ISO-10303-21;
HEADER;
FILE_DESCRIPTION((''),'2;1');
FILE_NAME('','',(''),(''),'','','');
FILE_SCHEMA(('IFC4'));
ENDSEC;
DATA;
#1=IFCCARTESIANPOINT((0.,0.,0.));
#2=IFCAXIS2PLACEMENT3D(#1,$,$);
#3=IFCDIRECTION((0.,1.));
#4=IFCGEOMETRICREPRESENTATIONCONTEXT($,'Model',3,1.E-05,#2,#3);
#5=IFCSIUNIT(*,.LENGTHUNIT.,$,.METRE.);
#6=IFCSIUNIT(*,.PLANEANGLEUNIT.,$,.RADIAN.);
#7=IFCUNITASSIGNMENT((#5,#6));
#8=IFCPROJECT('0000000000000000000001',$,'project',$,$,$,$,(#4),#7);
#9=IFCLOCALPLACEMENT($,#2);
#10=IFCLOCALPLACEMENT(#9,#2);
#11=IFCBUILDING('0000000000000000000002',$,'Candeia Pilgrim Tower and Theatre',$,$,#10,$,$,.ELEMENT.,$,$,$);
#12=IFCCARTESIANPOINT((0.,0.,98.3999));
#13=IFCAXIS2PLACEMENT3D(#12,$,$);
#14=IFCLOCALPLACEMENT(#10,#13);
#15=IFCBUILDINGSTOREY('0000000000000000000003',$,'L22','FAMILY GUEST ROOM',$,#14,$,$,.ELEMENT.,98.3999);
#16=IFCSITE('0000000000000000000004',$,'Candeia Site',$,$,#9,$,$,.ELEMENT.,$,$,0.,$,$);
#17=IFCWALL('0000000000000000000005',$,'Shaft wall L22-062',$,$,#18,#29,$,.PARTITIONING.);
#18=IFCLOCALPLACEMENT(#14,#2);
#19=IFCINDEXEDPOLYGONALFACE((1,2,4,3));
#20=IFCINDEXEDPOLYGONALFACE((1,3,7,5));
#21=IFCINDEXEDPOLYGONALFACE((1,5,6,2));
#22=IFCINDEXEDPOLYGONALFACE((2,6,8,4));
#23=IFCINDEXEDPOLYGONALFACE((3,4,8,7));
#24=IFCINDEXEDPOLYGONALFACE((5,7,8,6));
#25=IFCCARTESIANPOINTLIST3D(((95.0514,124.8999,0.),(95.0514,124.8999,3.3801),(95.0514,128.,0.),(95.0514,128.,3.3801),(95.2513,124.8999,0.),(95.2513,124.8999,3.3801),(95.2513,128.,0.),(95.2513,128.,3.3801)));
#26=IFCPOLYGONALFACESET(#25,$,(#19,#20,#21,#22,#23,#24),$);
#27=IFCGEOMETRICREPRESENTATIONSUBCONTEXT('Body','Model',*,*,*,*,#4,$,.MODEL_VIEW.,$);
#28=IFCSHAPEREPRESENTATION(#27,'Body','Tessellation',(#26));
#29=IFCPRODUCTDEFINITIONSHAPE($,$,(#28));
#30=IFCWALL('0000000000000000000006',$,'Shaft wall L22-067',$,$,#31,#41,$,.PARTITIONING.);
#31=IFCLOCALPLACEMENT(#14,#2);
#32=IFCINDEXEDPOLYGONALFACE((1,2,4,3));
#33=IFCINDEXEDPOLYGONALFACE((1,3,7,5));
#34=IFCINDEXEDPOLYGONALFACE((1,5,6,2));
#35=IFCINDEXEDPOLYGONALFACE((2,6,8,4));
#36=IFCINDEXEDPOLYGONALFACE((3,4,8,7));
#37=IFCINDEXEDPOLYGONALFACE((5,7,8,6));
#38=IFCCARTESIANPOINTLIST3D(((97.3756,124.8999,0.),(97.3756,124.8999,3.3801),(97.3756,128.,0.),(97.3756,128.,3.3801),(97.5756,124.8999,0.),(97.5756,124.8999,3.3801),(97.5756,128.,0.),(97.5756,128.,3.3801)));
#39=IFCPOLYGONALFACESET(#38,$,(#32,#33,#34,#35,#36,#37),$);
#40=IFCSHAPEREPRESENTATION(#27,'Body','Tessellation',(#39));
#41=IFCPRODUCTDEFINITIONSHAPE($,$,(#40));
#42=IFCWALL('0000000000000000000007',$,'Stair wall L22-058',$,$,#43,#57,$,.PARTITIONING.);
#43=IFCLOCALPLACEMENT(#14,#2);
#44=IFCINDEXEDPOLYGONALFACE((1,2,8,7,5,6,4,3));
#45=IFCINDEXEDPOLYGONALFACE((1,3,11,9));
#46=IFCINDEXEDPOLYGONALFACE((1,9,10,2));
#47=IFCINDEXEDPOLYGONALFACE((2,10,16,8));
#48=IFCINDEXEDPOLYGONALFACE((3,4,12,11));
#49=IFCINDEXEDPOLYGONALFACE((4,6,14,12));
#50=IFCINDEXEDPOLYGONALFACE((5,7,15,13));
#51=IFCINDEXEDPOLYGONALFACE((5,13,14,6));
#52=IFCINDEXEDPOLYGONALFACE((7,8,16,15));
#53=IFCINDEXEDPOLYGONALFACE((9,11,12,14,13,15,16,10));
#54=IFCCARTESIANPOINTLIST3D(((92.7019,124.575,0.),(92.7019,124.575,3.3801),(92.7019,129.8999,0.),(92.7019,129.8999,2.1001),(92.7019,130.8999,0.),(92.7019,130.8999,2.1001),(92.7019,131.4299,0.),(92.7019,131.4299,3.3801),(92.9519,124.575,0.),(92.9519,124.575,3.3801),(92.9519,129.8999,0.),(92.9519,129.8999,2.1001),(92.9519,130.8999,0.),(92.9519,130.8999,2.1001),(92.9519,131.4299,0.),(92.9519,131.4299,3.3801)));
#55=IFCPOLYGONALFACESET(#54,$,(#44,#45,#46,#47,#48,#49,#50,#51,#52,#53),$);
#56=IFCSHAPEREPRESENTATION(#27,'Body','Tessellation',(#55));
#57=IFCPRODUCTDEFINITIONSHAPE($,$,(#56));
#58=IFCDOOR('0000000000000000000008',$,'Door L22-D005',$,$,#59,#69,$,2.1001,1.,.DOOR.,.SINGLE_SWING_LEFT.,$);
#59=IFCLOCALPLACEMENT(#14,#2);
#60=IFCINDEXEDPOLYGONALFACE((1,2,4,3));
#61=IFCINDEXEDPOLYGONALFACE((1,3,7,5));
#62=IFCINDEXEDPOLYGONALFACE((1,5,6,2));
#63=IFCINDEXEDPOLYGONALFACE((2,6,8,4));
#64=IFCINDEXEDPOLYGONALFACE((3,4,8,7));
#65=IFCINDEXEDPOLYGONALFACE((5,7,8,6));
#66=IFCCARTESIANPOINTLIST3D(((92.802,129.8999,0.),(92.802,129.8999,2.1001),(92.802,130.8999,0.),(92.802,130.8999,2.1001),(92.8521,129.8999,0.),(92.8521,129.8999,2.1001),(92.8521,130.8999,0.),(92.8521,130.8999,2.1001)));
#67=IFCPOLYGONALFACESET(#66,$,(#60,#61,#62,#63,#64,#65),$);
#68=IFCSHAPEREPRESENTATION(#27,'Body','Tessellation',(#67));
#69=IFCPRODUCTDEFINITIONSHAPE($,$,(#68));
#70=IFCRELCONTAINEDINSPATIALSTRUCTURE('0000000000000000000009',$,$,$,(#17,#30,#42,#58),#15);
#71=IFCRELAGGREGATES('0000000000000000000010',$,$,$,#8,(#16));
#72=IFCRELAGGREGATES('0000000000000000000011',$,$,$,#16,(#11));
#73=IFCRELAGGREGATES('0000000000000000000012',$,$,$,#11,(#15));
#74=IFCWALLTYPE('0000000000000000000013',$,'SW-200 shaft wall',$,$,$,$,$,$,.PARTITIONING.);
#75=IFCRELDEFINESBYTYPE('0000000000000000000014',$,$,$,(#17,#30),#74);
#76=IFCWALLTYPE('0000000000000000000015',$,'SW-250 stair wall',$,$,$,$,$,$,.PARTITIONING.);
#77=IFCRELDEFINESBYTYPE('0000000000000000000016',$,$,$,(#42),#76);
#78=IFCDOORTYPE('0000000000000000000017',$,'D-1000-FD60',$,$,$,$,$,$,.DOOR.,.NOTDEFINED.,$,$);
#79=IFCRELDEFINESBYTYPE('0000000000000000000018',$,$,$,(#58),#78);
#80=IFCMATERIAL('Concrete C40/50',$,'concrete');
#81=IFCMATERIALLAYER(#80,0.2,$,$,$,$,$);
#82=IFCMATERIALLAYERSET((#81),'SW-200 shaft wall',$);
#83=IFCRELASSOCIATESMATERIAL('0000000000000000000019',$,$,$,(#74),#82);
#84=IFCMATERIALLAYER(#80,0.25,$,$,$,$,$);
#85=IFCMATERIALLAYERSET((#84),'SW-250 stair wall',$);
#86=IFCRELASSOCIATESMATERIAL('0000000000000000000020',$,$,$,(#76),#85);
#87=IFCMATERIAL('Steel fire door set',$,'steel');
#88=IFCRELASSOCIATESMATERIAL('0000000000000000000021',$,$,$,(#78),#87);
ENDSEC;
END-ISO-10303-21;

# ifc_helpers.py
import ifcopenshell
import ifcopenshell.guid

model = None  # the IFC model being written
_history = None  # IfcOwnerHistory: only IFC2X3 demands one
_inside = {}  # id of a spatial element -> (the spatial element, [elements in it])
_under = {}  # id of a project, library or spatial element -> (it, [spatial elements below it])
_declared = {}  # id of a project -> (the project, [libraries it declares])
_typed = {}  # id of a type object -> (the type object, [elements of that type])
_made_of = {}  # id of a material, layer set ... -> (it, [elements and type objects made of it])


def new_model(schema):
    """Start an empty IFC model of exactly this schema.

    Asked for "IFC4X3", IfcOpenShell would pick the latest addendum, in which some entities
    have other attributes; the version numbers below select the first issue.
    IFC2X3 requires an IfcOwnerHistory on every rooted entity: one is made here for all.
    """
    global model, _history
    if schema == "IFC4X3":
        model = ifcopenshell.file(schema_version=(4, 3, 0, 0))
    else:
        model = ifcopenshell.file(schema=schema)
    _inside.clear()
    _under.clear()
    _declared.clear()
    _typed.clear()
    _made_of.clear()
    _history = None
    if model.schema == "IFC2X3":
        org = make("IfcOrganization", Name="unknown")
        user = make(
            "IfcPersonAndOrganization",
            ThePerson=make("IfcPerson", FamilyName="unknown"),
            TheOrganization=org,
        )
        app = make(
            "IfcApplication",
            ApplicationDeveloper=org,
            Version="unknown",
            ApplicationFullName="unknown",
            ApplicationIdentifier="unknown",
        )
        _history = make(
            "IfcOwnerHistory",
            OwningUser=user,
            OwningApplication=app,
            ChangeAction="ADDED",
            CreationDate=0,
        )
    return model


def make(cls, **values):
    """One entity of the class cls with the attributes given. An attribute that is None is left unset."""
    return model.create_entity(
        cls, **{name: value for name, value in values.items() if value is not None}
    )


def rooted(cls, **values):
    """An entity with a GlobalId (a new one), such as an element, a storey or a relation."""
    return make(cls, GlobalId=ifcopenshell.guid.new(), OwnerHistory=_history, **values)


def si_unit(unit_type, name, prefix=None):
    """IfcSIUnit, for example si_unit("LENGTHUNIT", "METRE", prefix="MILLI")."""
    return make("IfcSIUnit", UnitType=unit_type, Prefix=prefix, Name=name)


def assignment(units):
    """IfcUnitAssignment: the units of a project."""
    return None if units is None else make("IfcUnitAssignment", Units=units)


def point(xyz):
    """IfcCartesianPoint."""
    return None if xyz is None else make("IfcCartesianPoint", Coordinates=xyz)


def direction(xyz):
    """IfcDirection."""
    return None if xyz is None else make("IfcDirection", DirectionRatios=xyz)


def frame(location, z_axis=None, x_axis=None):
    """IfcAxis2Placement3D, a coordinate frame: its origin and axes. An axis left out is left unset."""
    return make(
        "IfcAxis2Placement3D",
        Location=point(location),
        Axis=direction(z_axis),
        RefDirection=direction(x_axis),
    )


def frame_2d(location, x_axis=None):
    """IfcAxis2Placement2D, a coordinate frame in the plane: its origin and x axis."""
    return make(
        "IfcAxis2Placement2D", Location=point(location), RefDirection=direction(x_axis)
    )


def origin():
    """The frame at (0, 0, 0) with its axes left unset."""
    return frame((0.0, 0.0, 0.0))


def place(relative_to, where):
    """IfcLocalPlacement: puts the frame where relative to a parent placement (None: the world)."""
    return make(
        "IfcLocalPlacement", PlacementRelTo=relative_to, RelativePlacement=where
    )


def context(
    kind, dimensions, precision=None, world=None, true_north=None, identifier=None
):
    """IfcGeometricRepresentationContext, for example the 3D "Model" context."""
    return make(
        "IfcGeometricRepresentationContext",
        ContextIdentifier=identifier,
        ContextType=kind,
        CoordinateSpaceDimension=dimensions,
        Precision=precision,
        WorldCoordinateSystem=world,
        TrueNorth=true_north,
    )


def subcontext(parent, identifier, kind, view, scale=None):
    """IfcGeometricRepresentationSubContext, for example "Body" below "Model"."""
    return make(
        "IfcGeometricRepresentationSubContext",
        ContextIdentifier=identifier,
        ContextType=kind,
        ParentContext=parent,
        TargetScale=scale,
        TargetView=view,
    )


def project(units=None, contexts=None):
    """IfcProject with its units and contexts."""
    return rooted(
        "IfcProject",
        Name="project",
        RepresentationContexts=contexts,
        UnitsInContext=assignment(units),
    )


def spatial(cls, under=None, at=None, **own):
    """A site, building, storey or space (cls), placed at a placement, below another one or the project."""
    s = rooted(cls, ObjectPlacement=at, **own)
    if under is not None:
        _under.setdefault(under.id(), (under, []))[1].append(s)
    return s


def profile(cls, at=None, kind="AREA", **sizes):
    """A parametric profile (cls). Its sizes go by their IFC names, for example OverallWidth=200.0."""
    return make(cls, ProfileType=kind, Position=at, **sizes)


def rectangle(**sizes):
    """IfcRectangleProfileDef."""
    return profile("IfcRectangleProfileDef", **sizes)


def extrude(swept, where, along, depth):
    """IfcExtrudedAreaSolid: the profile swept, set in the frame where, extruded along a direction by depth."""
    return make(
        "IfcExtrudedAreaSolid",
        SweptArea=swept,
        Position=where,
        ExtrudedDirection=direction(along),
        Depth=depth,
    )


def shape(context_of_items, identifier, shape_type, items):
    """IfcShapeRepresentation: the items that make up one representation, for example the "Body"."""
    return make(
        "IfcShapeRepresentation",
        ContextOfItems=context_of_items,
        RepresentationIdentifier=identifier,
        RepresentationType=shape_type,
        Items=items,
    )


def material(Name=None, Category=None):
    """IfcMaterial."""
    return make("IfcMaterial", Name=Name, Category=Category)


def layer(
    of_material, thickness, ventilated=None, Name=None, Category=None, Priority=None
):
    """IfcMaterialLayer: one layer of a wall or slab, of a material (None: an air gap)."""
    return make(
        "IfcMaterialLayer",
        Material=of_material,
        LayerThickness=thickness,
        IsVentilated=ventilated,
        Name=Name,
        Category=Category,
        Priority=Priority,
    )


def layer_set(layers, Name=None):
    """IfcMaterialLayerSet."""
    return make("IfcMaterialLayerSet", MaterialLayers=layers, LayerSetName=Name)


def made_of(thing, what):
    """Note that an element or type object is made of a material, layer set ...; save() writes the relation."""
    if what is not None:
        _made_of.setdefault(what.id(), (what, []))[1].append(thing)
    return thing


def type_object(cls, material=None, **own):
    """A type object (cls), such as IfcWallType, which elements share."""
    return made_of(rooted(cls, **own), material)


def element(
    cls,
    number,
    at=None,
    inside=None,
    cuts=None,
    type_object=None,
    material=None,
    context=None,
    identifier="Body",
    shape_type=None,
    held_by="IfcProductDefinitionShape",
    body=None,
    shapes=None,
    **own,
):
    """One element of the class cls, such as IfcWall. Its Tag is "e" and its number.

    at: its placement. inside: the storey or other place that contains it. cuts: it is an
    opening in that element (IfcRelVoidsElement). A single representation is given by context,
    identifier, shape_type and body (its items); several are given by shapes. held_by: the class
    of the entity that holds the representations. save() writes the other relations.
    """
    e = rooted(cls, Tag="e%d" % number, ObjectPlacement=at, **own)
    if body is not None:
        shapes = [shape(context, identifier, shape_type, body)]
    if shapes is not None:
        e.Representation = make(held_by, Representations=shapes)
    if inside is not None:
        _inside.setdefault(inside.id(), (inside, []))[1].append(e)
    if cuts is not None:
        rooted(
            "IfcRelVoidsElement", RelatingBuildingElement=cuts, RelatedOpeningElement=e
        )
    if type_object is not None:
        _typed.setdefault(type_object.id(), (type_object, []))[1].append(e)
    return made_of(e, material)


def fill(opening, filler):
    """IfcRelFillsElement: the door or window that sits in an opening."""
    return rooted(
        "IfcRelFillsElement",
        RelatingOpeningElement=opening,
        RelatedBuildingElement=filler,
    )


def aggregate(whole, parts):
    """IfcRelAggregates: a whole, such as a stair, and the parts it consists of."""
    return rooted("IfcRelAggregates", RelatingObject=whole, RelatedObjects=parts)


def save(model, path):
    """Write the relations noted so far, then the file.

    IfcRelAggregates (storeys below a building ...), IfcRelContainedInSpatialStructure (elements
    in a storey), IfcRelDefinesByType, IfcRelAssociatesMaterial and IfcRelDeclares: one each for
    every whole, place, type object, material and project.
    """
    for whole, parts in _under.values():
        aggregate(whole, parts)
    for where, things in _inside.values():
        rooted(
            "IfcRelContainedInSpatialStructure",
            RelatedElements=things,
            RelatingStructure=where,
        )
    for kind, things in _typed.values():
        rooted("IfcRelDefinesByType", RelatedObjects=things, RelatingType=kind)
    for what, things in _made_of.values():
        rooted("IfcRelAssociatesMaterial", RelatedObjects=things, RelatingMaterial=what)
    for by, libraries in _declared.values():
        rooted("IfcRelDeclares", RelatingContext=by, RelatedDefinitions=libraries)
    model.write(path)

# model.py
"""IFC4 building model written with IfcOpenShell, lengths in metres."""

from ifc_helpers import new_model, si_unit, direction, frame, frame_2d, origin, place, context, subcontext, project, spatial, rectangle, extrude, material, layer, layer_set, type_object, element, fill, save


model = new_model("IFC4")

# Units and contexts
model_context = context("Model", 3, precision=1e-05, world=origin(), true_north=direction((0.0, 1.0)))
body_context = subcontext(model_context, "Body", "Model", "MODEL_VIEW")
ifc_project = project(units=[si_unit("LENGTHUNIT", "METRE"), si_unit("PLANEANGLEUNIT", "RADIAN")], contexts=[model_context])

# Site, building, storey
site_placement = place(None, origin())
site = spatial("IfcSite", under=ifc_project, at=site_placement, Name="Candeia Site", CompositionType="ELEMENT", RefElevation=0.0)
building_placement = place(site_placement, origin())
building = spatial("IfcBuilding", under=site, at=building_placement, Name="Candeia Pilgrim Tower and Theatre", CompositionType="ELEMENT")
storey_placement = place(building_placement, frame((0.0, 0.0, 98.3999)))
storey = spatial("IfcBuildingStorey", under=building, at=storey_placement, Name="L22", Description="FAMILY GUEST ROOM", CompositionType="ELEMENT", Elevation=98.3999)

# Shared definitions
ifc_material_1 = material(Name="Steel fire door set", Category="steel")

# Shared definitions
ifc_material_2 = material(Name="Concrete C40/50", Category="concrete")
ifc_layer_1 = layer(ifc_material_2, 0.2)
ifc_layer_set_1 = layer_set([ifc_layer_1], Name="SW-200 shaft wall")
wall_type_1 = type_object("IfcWallType", Name="SW-200 shaft wall", PredefinedType="PARTITIONING", material=ifc_layer_set_1)

# Walls
for number, where, z_axis, x_axis, name in (
    (1, (95.1514, 124.8999, 0.0), (0.0, 0.0, 1.0), (0.0, 1.0, 0.0), "Shaft wall L22-062"),
    (2, (97.4756, 124.8999, 0.0), (0.0, 0.0, 1.0), (0.0, 1.0, 0.0), "Shaft wall L22-067"),
):
    element("IfcWall", number, at=place(storey_placement, frame(where, z_axis=z_axis, x_axis=x_axis)), inside=storey, type_object=wall_type_1, Name=name, PredefinedType="PARTITIONING", context=body_context, shape_type="SweptSolid", body=[
        extrude(rectangle(XDim=3.1001, YDim=0.2, at=frame_2d((1.55, 0.0))), origin(), (0.0, 0.0, 1.0), 3.3801),
    ])

# Wall, opening, door
ifc_layer_2 = layer(ifc_material_2, 0.25)
ifc_layer_set_2 = layer_set([ifc_layer_2], Name="SW-250 stair wall")
wall_type_2 = type_object("IfcWallType", Name="SW-250 stair wall", PredefinedType="PARTITIONING", material=ifc_layer_set_2)
wall_1_placement = place(storey_placement, frame((92.8269, 124.575, 0.0), z_axis=(0.0, 0.0, 1.0), x_axis=(0.0, 1.0, 0.0)))
wall_1 = element("IfcWall", 3, at=wall_1_placement, inside=storey, type_object=wall_type_2, Name="Stair wall L22-058", PredefinedType="PARTITIONING", context=body_context, shape_type="SweptSolid", body=[
    extrude(rectangle(XDim=6.855, YDim=0.25, at=frame_2d((3.4275, 0.0))), origin(), (0.0, 0.0, 1.0), 3.3801),
])
opening_1_placement = place(wall_1_placement, frame((5.325, 0.0, 0.0)))
opening_1 = element("IfcOpeningElement", 4, at=opening_1_placement, cuts=wall_1, PredefinedType="OPENING", context=body_context, shape_type="SweptSolid", body=[
    extrude(rectangle(XDim=1.0, YDim=2.1001, at=frame_2d((0.5, 1.05))), frame((0.0, 0.135, 0.0), z_axis=(0.0, -1.0, 0.0), x_axis=(1.0, 0.0, 0.0)), (0.0, 0.0, 1.0), 0.27),
])
door_type_1 = type_object("IfcDoorType", Name="D-1000-FD60", OperationType="NOTDEFINED", PredefinedType="DOOR", material=ifc_material_1)
door_1_placement = place(opening_1_placement, origin())
door_1 = element("IfcDoor", 5, at=door_1_placement, inside=storey, type_object=door_type_1, Name="Door L22-D005", OperationType="SINGLE_SWING_LEFT", OverallHeight=2.1001, OverallWidth=1.0, PredefinedType="DOOR", context=body_context, shape_type="SweptSolid", body=[
    extrude(rectangle(XDim=1.0, YDim=2.1001, at=frame_2d((0.5, 1.05))), frame((0.0, 0.0249, 0.0), z_axis=(0.0, -1.0, 0.0), x_axis=(1.0, 0.0, 0.0)), (0.0, 0.0, 1.0), 0.05),
])
fill(opening_1, door_1)

save(model, "model.ifc")
